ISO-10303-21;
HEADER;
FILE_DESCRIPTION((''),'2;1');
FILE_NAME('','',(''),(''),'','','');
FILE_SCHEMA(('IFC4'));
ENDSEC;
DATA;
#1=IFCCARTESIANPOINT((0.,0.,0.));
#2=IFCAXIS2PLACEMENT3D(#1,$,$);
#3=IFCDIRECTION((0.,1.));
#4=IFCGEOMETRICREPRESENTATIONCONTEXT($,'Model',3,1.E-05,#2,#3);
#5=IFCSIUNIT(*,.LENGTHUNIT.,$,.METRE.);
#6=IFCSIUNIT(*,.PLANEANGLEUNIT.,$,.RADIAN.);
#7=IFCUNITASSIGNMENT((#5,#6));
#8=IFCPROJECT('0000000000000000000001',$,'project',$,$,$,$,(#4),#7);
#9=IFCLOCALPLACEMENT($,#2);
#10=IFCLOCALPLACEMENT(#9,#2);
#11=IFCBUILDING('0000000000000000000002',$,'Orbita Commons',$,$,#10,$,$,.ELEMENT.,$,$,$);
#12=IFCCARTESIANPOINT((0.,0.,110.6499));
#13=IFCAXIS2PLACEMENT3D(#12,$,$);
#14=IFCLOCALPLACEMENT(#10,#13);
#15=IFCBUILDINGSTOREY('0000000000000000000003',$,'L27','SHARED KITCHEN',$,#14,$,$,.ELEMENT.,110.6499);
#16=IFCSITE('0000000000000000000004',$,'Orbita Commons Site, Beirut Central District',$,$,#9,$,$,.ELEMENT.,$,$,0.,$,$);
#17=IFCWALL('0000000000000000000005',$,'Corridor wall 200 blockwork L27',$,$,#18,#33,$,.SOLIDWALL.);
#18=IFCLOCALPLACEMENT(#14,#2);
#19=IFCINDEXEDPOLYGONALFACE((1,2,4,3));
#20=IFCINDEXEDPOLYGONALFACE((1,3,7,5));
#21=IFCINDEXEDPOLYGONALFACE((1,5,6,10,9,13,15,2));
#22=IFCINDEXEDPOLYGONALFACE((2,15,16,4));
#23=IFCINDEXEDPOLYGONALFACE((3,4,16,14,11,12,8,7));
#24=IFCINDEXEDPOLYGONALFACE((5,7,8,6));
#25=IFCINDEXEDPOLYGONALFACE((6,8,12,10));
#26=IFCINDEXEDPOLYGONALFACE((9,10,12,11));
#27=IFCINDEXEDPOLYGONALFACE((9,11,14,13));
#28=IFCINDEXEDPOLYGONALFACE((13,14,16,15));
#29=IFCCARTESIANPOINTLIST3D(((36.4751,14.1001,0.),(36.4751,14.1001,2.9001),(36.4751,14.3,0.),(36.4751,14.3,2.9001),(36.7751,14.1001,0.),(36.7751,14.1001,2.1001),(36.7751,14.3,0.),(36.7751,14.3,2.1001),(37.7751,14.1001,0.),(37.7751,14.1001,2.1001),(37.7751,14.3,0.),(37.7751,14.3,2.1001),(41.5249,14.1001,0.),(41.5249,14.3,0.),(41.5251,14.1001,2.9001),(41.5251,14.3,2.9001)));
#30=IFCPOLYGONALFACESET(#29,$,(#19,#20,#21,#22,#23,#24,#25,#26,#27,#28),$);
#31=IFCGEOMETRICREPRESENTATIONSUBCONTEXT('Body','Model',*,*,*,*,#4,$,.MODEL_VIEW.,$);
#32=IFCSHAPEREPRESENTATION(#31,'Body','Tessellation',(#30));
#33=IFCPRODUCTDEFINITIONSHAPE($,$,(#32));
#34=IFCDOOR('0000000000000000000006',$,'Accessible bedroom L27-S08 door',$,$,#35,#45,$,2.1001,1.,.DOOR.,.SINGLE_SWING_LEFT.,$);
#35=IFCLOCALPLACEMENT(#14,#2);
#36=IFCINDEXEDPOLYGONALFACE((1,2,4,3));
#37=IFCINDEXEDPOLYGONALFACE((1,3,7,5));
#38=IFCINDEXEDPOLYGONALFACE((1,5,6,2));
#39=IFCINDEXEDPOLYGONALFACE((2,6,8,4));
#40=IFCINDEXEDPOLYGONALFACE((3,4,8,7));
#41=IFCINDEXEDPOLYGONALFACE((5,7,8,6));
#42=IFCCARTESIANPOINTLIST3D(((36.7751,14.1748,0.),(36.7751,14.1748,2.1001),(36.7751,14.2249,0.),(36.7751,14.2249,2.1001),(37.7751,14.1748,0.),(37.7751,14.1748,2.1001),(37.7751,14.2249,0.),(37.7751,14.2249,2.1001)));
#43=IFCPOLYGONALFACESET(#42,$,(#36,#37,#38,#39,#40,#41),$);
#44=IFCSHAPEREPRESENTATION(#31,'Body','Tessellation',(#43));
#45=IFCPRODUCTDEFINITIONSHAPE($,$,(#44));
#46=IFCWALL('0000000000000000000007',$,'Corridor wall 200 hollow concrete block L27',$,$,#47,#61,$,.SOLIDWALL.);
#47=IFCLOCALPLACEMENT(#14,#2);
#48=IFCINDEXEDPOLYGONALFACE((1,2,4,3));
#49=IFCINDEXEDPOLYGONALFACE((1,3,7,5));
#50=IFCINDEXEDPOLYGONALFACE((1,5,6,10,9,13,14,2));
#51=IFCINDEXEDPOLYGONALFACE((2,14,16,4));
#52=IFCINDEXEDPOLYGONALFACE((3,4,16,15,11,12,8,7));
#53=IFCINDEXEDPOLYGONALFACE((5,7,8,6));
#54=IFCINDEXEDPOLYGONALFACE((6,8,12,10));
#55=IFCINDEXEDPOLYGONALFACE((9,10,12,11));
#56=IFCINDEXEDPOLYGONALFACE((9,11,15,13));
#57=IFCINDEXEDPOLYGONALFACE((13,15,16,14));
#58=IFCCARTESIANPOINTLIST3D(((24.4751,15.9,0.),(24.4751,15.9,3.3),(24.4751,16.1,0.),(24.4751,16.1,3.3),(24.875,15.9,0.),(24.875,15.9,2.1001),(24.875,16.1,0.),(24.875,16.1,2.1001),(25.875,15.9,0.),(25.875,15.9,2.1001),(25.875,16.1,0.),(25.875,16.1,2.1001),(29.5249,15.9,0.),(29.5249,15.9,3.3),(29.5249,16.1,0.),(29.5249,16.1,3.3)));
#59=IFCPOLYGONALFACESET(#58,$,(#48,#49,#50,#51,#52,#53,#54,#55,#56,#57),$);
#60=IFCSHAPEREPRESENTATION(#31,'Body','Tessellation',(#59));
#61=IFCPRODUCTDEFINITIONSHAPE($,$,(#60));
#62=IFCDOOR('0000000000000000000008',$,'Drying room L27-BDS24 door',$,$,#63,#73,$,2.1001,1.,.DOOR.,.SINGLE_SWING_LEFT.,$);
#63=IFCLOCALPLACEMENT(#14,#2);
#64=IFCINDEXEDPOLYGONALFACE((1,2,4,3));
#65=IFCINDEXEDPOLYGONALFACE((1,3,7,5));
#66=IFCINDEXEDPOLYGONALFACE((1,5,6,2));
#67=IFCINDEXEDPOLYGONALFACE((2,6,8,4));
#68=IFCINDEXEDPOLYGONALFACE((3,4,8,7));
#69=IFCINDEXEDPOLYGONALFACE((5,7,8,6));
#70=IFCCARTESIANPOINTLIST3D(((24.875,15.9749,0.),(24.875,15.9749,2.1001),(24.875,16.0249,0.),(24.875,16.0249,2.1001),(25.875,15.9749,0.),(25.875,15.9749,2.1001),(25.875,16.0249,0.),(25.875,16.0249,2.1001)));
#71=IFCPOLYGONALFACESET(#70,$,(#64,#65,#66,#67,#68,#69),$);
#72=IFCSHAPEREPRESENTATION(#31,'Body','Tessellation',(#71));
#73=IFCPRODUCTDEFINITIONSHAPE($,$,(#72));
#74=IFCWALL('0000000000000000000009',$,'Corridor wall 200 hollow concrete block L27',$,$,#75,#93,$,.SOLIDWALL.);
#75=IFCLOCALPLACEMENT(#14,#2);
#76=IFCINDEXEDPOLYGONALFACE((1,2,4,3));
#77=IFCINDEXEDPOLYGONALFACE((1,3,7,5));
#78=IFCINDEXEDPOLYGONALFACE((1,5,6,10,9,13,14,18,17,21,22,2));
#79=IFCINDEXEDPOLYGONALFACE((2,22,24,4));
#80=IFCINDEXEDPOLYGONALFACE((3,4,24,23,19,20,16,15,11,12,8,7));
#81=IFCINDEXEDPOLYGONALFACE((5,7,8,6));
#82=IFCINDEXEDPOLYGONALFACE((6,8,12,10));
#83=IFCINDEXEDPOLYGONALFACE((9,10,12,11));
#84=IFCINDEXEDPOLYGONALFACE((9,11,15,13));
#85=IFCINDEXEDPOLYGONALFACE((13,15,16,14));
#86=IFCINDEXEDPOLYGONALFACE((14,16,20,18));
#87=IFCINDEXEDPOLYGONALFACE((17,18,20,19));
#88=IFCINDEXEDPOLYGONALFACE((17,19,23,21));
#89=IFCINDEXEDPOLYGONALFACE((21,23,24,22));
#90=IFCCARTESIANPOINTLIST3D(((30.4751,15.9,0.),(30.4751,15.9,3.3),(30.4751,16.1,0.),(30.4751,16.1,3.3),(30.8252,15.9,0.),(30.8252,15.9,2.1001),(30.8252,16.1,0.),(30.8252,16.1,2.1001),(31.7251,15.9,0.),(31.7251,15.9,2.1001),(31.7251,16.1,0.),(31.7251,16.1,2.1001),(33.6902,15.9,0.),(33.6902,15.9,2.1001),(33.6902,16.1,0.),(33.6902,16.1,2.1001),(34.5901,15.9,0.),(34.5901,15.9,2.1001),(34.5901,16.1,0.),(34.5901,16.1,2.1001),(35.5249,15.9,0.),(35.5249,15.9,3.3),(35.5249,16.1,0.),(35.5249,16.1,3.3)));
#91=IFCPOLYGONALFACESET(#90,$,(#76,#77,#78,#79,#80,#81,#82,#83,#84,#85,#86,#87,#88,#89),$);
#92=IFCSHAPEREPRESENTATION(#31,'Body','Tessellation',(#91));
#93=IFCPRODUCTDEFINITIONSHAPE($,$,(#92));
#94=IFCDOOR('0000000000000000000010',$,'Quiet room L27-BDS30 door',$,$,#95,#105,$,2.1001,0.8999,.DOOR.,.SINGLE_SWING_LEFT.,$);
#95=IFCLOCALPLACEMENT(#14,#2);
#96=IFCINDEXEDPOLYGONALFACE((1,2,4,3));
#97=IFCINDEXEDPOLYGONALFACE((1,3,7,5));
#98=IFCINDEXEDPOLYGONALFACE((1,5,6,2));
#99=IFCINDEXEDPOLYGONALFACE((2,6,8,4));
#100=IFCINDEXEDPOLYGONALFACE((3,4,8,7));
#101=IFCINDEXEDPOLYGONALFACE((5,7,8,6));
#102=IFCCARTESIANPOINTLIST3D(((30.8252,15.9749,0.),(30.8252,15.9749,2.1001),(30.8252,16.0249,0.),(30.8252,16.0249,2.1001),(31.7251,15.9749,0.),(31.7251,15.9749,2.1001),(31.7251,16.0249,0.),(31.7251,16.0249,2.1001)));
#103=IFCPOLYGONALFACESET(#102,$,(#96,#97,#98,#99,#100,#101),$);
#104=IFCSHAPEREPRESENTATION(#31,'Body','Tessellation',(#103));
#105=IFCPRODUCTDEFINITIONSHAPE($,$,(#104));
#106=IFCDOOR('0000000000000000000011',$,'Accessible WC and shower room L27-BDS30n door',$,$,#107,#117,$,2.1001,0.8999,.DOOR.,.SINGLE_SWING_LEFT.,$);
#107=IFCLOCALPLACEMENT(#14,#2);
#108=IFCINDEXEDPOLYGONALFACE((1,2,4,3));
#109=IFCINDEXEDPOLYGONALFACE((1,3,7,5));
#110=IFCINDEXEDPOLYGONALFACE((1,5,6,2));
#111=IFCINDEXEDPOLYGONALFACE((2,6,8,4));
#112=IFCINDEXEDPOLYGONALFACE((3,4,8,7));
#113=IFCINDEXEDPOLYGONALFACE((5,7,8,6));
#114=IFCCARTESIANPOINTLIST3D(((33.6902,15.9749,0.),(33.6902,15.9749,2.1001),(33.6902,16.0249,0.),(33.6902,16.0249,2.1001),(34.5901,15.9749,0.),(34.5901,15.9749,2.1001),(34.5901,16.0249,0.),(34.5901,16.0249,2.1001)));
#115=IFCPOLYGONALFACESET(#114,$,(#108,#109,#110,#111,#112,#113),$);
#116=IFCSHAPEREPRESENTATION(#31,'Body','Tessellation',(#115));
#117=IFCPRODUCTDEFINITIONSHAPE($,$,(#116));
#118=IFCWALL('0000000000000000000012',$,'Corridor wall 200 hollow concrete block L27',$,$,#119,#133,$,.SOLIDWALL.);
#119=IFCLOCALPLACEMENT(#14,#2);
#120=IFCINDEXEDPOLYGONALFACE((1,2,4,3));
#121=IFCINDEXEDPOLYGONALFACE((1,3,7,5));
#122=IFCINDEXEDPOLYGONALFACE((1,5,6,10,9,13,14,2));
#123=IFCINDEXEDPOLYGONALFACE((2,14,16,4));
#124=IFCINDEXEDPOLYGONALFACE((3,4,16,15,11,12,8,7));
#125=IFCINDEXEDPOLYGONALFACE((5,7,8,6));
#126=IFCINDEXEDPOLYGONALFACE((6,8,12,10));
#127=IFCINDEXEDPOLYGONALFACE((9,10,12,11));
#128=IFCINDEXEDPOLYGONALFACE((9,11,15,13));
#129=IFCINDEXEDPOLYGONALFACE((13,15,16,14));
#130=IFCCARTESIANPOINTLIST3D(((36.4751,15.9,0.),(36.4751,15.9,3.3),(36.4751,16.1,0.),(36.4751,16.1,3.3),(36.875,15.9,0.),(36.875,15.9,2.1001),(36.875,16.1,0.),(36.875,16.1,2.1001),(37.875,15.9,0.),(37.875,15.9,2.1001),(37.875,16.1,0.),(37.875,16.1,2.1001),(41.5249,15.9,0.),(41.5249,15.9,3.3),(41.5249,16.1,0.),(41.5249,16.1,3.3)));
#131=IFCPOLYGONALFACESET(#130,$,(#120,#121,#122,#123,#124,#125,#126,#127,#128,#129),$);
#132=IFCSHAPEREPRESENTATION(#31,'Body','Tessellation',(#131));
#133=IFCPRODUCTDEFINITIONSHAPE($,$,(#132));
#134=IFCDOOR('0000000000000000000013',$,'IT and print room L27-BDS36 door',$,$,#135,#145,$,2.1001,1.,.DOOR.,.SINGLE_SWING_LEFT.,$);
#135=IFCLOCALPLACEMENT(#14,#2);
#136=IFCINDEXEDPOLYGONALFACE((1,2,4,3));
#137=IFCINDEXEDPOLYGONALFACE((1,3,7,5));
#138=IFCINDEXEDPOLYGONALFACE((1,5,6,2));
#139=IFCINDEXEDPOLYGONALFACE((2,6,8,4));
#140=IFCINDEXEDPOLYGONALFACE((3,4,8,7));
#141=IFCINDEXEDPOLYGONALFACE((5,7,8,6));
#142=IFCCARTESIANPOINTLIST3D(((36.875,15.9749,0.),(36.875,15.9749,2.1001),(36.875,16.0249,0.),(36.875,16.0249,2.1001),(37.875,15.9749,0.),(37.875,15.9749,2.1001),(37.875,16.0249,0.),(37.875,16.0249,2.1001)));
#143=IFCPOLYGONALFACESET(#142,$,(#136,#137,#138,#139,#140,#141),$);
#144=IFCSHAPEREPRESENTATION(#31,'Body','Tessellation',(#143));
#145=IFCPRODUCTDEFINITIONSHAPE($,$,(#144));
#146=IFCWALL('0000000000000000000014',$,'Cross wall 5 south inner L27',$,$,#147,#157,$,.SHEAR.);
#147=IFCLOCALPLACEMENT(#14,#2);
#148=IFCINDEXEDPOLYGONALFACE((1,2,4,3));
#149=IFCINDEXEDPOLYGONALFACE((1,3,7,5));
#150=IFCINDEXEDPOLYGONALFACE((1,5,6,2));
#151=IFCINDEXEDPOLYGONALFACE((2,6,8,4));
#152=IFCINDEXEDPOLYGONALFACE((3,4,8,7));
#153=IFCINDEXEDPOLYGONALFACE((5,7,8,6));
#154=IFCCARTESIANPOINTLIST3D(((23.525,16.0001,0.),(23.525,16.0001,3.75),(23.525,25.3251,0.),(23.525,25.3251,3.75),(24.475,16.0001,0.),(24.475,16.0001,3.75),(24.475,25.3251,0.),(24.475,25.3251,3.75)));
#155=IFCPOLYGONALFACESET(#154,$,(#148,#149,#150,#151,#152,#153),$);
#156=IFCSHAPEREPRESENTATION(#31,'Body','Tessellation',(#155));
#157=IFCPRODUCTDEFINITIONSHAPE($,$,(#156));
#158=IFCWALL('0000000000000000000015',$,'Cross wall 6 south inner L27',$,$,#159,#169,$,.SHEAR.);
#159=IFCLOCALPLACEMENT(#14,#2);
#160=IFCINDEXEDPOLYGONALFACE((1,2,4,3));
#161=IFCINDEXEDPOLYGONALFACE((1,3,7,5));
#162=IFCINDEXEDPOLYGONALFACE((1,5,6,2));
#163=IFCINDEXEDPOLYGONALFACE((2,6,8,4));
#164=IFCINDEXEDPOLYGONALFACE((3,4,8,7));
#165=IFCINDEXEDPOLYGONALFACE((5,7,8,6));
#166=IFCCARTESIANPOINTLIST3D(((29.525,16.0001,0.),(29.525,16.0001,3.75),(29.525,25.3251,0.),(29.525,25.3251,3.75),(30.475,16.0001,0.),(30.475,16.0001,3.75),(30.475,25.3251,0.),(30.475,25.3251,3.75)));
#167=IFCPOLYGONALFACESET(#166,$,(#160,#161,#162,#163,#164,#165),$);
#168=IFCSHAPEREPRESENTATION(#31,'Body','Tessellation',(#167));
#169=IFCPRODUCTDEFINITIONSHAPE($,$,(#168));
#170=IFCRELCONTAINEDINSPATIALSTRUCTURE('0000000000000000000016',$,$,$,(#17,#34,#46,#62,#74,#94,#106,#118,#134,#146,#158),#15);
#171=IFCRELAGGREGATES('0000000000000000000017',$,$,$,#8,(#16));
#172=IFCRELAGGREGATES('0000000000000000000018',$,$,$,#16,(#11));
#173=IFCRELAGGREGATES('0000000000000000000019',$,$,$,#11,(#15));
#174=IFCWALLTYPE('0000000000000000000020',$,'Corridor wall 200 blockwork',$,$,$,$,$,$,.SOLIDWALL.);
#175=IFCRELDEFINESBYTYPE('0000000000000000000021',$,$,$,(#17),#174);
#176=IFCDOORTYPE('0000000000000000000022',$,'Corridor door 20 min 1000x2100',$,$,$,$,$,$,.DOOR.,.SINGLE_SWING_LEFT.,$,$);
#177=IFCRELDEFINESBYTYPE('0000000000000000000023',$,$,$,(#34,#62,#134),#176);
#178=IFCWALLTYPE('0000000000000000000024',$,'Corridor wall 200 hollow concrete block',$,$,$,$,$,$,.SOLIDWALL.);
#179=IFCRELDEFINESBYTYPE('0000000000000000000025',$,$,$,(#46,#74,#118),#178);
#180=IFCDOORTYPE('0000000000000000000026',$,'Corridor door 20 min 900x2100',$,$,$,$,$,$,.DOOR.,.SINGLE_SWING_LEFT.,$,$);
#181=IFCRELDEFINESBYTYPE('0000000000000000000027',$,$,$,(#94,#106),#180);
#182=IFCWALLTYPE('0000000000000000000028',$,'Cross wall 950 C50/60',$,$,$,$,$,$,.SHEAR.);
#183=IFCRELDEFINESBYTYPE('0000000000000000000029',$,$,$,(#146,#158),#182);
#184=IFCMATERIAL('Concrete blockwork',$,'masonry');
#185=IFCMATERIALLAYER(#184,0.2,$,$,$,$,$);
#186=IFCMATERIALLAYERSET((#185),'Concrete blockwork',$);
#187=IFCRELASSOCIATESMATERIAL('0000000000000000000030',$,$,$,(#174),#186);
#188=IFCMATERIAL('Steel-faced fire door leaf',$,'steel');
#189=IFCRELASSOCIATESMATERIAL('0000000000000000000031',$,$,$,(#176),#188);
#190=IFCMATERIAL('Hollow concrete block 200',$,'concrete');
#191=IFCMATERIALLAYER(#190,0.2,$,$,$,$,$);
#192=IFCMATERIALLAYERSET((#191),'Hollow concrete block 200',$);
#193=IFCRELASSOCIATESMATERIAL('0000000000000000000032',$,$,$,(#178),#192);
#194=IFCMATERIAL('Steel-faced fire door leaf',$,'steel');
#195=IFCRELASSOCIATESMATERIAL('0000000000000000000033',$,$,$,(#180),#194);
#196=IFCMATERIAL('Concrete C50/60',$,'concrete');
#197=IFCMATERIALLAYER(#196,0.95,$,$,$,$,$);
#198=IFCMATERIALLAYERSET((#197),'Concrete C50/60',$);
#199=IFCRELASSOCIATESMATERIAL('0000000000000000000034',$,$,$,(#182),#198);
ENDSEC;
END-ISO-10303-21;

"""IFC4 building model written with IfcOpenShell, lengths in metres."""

from ifc_helpers import new_model, si_unit, direction, frame, frame_2d, origin, place, context, subcontext, project, spatial, polyline, rectangle, outline, extrude, material, layer, layer_set, type_object, element, fill, save


model = new_model("IFC4")

# Units and contexts
model_context = context("Model", 3, precision=1e-05, world=origin(), true_north=direction((0.0, 1.0)))
body_context = subcontext(model_context, "Body", "Model", "MODEL_VIEW")
ifc_project = project(units=[si_unit("LENGTHUNIT", "METRE"), si_unit("PLANEANGLEUNIT", "RADIAN")], contexts=[model_context])

# Site, building, storey
site_placement = place(None, origin())
site = spatial("IfcSite", under=ifc_project, at=site_placement, Name="Orbita Commons Site, Beirut Central District", CompositionType="ELEMENT", RefElevation=0.0)
building_placement = place(site_placement, origin())
building = spatial("IfcBuilding", under=site, at=building_placement, Name="Orbita Commons", CompositionType="ELEMENT")
storey_placement = place(building_placement, frame((0.0, 0.0, 110.6499)))
storey = spatial("IfcBuildingStorey", under=building, at=storey_placement, Name="L27", Description="SHARED KITCHEN", CompositionType="ELEMENT", Elevation=110.6499)

# Walls, openings, doors
ifc_material_1 = material(Name="Concrete blockwork", Category="masonry")
ifc_layer_1 = layer(ifc_material_1, 0.2)
ifc_layer_set_1 = layer_set([ifc_layer_1], Name="Concrete blockwork")
wall_type_1 = type_object("IfcWallType", Name="Corridor wall 200 blockwork", PredefinedType="SOLIDWALL", material=ifc_layer_set_1)
ifc_material_2 = material(Name="Steel-faced fire door leaf", Category="steel")
door_type_1 = type_object("IfcDoorType", Name="Corridor door 20 min 1000x2100", OperationType="SINGLE_SWING_LEFT", PredefinedType="DOOR", material=ifc_material_2)
wall_1_placement = place(storey_placement, frame((36.4751, 14.2, 0.0), z_axis=(0.0, 0.0, 1.0), x_axis=(1.0, 0.0, 0.0)))
wall_1 = element("IfcWall", 1, at=wall_1_placement, inside=storey, type_object=wall_type_1, Name="Corridor wall 200 blockwork L27", PredefinedType="SOLIDWALL", context=body_context, shape_type="SweptSolid", body=[
    extrude(outline(polyline([(0.0, 0.0), (5.0498, 0.0), (5.05, 2.9001), (0.0, 2.9001), (0.0, 0.0)])), frame((0.0, 0.1001, 0.0), z_axis=(0.0, -1.0, 0.0), x_axis=(1.0, 0.0, 0.0)), (0.0, 0.0, 1.0), 0.2),
])
opening_1_placement = place(wall_1_placement, frame((0.3, 0.0, 0.0)))
opening_1 = element("IfcOpeningElement", 2, at=opening_1_placement, cuts=wall_1, PredefinedType="OPENING", context=body_context, shape_type="SweptSolid", body=[
    extrude(rectangle(XDim=1.0, YDim=2.1001, at=frame_2d((0.5, 1.05))), frame((0.0, 0.1099, 0.0), z_axis=(0.0, -1.0, 0.0), x_axis=(1.0, 0.0, 0.0)), (0.0, 0.0, 1.0), 0.22),
])
door_1_placement = place(opening_1_placement, origin())
door_1 = element("IfcDoor", 3, at=door_1_placement, inside=storey, type_object=door_type_1, Name="Accessible bedroom L27-S08 door", OperationType="SINGLE_SWING_LEFT", OverallHeight=2.1001, OverallWidth=1.0, PredefinedType="DOOR", context=body_context, shape_type="SweptSolid", body=[
    extrude(rectangle(XDim=1.0, YDim=2.1001, at=frame_2d((0.5, 1.05))), frame((0.0, 0.0249, 0.0), z_axis=(0.0, -1.0, 0.0), x_axis=(1.0, 0.0, 0.0)), (0.0, 0.0, 1.0), 0.05),
])
fill(opening_1, door_1)
ifc_material_3 = material(Name="Hollow concrete block 200", Category="concrete")
ifc_layer_2 = layer(ifc_material_3, 0.2)
ifc_layer_set_2 = layer_set([ifc_layer_2], Name="Hollow concrete block 200")
wall_type_2 = type_object("IfcWallType", Name="Corridor wall 200 hollow concrete block", PredefinedType="SOLIDWALL", material=ifc_layer_set_2)
wall_2_placement = place(storey_placement, frame((24.4751, 16.0, 0.0), z_axis=(0.0, 0.0, 1.0), x_axis=(1.0, 0.0, 0.0)))
wall_2 = element("IfcWall", 4, at=wall_2_placement, inside=storey, type_object=wall_type_2, Name="Corridor wall 200 hollow concrete block L27", PredefinedType="SOLIDWALL", context=body_context, shape_type="SweptSolid", body=[
    extrude(rectangle(XDim=5.0498, YDim=0.2, at=frame_2d((2.5249, 0.0))), origin(), (0.0, 0.0, 1.0), 3.3),
])
opening_2_placement = place(wall_2_placement, frame((0.3999, 0.0, 0.0)))
opening_2 = element("IfcOpeningElement", 5, at=opening_2_placement, cuts=wall_2, PredefinedType="OPENING", context=body_context, shape_type="SweptSolid", body=[
    extrude(rectangle(XDim=1.0, YDim=2.1001, at=frame_2d((0.5, 1.05))), frame((0.0, 0.1099, 0.0), z_axis=(0.0, -1.0, 0.0), x_axis=(1.0, 0.0, 0.0)), (0.0, 0.0, 1.0), 0.22),
])
door_2_placement = place(opening_2_placement, origin())
door_2 = element("IfcDoor", 6, at=door_2_placement, inside=storey, type_object=door_type_1, Name="Drying room L27-BDS24 door", OperationType="SINGLE_SWING_LEFT", OverallHeight=2.1001, OverallWidth=1.0, PredefinedType="DOOR", context=body_context, shape_type="SweptSolid", body=[
    extrude(rectangle(XDim=1.0, YDim=2.1001, at=frame_2d((0.5, 1.05))), frame((0.0, 0.0249, 0.0), z_axis=(0.0, -1.0, 0.0), x_axis=(1.0, 0.0, 0.0)), (0.0, 0.0, 1.0), 0.05),
])
fill(opening_2, door_2)

# Wall, openings, doors
wall_3_placement = place(storey_placement, frame((30.4751, 16.0, 0.0), z_axis=(0.0, 0.0, 1.0), x_axis=(1.0, 0.0, 0.0)))
wall_3 = element("IfcWall", 7, at=wall_3_placement, inside=storey, type_object=wall_type_2, Name="Corridor wall 200 hollow concrete block L27", PredefinedType="SOLIDWALL", context=body_context, shape_type="SweptSolid", body=[
    extrude(rectangle(XDim=5.0498, YDim=0.2, at=frame_2d((2.5249, 0.0))), origin(), (0.0, 0.0, 1.0), 3.3),
])
opening_3_placement = place(wall_3_placement, frame((0.3501, 0.0, 0.0)))
opening_3 = element("IfcOpeningElement", 8, at=opening_3_placement, cuts=wall_3, PredefinedType="OPENING", context=body_context, shape_type="SweptSolid", body=[
    extrude(rectangle(XDim=0.8999, YDim=2.1001, at=frame_2d((0.45, 1.05))), frame((0.0, 0.1099, 0.0), z_axis=(0.0, -1.0, 0.0), x_axis=(1.0, 0.0, 0.0)), (0.0, 0.0, 1.0), 0.22),
])
opening_4_placement = place(wall_3_placement, frame((3.2151, 0.0, 0.0)))
opening_4 = element("IfcOpeningElement", 9, at=opening_4_placement, cuts=wall_3, PredefinedType="OPENING", context=body_context, shape_type="SweptSolid", body=[
    extrude(rectangle(XDim=0.8999, YDim=2.1001, at=frame_2d((0.45, 1.05))), frame((0.0, 0.1099, 0.0), z_axis=(0.0, -1.0, 0.0), x_axis=(1.0, 0.0, 0.0)), (0.0, 0.0, 1.0), 0.22),
])
ifc_material_4 = material(Name="Steel-faced fire door leaf", Category="steel")
door_type_2 = type_object("IfcDoorType", Name="Corridor door 20 min 900x2100", OperationType="SINGLE_SWING_LEFT", PredefinedType="DOOR", material=ifc_material_4)
door_3_placement = place(opening_3_placement, origin())
door_3 = element("IfcDoor", 10, at=door_3_placement, inside=storey, type_object=door_type_2, Name="Quiet room L27-BDS30 door", OperationType="SINGLE_SWING_LEFT", OverallHeight=2.1001, OverallWidth=0.8999, PredefinedType="DOOR", context=body_context, shape_type="SweptSolid", body=[
    extrude(rectangle(XDim=0.8999, YDim=2.1001, at=frame_2d((0.45, 1.05))), frame((0.0, 0.0249, 0.0), z_axis=(0.0, -1.0, 0.0), x_axis=(1.0, 0.0, 0.0)), (0.0, 0.0, 1.0), 0.05),
])
fill(opening_3, door_3)
door_4_placement = place(opening_4_placement, origin())
door_4 = element("IfcDoor", 11, at=door_4_placement, inside=storey, type_object=door_type_2, Name="Accessible WC and shower room L27-BDS30n door", OperationType="SINGLE_SWING_LEFT", OverallHeight=2.1001, OverallWidth=0.8999, PredefinedType="DOOR", context=body_context, shape_type="SweptSolid", body=[
    extrude(rectangle(XDim=0.8999, YDim=2.1001, at=frame_2d((0.45, 1.05))), frame((0.0, 0.0249, 0.0), z_axis=(0.0, -1.0, 0.0), x_axis=(1.0, 0.0, 0.0)), (0.0, 0.0, 1.0), 0.05),
])
fill(opening_4, door_4)

# Wall, opening, door
wall_4_placement = place(storey_placement, frame((36.4751, 16.0, 0.0), z_axis=(0.0, 0.0, 1.0), x_axis=(1.0, 0.0, 0.0)))
wall_4 = element("IfcWall", 12, at=wall_4_placement, inside=storey, type_object=wall_type_2, Name="Corridor wall 200 hollow concrete block L27", PredefinedType="SOLIDWALL", context=body_context, shape_type="SweptSolid", body=[
    extrude(rectangle(XDim=5.0498, YDim=0.2, at=frame_2d((2.5249, 0.0))), origin(), (0.0, 0.0, 1.0), 3.3),
])
opening_5_placement = place(wall_4_placement, frame((0.3999, 0.0, 0.0)))
opening_5 = element("IfcOpeningElement", 13, at=opening_5_placement, cuts=wall_4, PredefinedType="OPENING", context=body_context, shape_type="SweptSolid", body=[
    extrude(rectangle(XDim=1.0, YDim=2.1001, at=frame_2d((0.5, 1.05))), frame((0.0, 0.1099, 0.0), z_axis=(0.0, -1.0, 0.0), x_axis=(1.0, 0.0, 0.0)), (0.0, 0.0, 1.0), 0.22),
])
door_5_placement = place(opening_5_placement, origin())
door_5 = element("IfcDoor", 14, at=door_5_placement, inside=storey, type_object=door_type_1, Name="IT and print room L27-BDS36 door", OperationType="SINGLE_SWING_LEFT", OverallHeight=2.1001, OverallWidth=1.0, PredefinedType="DOOR", context=body_context, shape_type="SweptSolid", body=[
    extrude(rectangle(XDim=1.0, YDim=2.1001, at=frame_2d((0.5, 1.05))), frame((0.0, 0.0249, 0.0), z_axis=(0.0, -1.0, 0.0), x_axis=(1.0, 0.0, 0.0)), (0.0, 0.0, 1.0), 0.05),
])
fill(opening_5, door_5)

# Walls
ifc_material_5 = material(Name="Concrete C50/60", Category="concrete")
ifc_layer_3 = layer(ifc_material_5, 0.95)
ifc_layer_set_3 = layer_set([ifc_layer_3], Name="Concrete C50/60")
wall_type_3 = type_object("IfcWallType", Name="Cross wall 950 C50/60", PredefinedType="SHEAR", material=ifc_layer_set_3)
for number, where, z_axis, x_axis, name in (
    (15, (24.0, 16.0, 0.0), (0.0, 0.0, 1.0), (0.0, 1.0, 0.0), "Cross wall 5 south inner L27"),
    (16, (30.0, 16.0, 0.0), (0.0, 0.0, 1.0), (0.0, 1.0, 0.0), "Cross wall 6 south inner L27"),
):
    element("IfcWall", number, at=place(storey_placement, frame(where, z_axis=z_axis, x_axis=x_axis)), inside=storey, type_object=wall_type_3, Name=name, PredefinedType="SHEAR", context=body_context, shape_type="SweptSolid", body=[
        extrude(rectangle(XDim=9.325, YDim=0.95, at=frame_2d((4.6626, 0.0))), origin(), (0.0, 0.0, 1.0), 3.75),
    ])

save(model, "model.ifc")
